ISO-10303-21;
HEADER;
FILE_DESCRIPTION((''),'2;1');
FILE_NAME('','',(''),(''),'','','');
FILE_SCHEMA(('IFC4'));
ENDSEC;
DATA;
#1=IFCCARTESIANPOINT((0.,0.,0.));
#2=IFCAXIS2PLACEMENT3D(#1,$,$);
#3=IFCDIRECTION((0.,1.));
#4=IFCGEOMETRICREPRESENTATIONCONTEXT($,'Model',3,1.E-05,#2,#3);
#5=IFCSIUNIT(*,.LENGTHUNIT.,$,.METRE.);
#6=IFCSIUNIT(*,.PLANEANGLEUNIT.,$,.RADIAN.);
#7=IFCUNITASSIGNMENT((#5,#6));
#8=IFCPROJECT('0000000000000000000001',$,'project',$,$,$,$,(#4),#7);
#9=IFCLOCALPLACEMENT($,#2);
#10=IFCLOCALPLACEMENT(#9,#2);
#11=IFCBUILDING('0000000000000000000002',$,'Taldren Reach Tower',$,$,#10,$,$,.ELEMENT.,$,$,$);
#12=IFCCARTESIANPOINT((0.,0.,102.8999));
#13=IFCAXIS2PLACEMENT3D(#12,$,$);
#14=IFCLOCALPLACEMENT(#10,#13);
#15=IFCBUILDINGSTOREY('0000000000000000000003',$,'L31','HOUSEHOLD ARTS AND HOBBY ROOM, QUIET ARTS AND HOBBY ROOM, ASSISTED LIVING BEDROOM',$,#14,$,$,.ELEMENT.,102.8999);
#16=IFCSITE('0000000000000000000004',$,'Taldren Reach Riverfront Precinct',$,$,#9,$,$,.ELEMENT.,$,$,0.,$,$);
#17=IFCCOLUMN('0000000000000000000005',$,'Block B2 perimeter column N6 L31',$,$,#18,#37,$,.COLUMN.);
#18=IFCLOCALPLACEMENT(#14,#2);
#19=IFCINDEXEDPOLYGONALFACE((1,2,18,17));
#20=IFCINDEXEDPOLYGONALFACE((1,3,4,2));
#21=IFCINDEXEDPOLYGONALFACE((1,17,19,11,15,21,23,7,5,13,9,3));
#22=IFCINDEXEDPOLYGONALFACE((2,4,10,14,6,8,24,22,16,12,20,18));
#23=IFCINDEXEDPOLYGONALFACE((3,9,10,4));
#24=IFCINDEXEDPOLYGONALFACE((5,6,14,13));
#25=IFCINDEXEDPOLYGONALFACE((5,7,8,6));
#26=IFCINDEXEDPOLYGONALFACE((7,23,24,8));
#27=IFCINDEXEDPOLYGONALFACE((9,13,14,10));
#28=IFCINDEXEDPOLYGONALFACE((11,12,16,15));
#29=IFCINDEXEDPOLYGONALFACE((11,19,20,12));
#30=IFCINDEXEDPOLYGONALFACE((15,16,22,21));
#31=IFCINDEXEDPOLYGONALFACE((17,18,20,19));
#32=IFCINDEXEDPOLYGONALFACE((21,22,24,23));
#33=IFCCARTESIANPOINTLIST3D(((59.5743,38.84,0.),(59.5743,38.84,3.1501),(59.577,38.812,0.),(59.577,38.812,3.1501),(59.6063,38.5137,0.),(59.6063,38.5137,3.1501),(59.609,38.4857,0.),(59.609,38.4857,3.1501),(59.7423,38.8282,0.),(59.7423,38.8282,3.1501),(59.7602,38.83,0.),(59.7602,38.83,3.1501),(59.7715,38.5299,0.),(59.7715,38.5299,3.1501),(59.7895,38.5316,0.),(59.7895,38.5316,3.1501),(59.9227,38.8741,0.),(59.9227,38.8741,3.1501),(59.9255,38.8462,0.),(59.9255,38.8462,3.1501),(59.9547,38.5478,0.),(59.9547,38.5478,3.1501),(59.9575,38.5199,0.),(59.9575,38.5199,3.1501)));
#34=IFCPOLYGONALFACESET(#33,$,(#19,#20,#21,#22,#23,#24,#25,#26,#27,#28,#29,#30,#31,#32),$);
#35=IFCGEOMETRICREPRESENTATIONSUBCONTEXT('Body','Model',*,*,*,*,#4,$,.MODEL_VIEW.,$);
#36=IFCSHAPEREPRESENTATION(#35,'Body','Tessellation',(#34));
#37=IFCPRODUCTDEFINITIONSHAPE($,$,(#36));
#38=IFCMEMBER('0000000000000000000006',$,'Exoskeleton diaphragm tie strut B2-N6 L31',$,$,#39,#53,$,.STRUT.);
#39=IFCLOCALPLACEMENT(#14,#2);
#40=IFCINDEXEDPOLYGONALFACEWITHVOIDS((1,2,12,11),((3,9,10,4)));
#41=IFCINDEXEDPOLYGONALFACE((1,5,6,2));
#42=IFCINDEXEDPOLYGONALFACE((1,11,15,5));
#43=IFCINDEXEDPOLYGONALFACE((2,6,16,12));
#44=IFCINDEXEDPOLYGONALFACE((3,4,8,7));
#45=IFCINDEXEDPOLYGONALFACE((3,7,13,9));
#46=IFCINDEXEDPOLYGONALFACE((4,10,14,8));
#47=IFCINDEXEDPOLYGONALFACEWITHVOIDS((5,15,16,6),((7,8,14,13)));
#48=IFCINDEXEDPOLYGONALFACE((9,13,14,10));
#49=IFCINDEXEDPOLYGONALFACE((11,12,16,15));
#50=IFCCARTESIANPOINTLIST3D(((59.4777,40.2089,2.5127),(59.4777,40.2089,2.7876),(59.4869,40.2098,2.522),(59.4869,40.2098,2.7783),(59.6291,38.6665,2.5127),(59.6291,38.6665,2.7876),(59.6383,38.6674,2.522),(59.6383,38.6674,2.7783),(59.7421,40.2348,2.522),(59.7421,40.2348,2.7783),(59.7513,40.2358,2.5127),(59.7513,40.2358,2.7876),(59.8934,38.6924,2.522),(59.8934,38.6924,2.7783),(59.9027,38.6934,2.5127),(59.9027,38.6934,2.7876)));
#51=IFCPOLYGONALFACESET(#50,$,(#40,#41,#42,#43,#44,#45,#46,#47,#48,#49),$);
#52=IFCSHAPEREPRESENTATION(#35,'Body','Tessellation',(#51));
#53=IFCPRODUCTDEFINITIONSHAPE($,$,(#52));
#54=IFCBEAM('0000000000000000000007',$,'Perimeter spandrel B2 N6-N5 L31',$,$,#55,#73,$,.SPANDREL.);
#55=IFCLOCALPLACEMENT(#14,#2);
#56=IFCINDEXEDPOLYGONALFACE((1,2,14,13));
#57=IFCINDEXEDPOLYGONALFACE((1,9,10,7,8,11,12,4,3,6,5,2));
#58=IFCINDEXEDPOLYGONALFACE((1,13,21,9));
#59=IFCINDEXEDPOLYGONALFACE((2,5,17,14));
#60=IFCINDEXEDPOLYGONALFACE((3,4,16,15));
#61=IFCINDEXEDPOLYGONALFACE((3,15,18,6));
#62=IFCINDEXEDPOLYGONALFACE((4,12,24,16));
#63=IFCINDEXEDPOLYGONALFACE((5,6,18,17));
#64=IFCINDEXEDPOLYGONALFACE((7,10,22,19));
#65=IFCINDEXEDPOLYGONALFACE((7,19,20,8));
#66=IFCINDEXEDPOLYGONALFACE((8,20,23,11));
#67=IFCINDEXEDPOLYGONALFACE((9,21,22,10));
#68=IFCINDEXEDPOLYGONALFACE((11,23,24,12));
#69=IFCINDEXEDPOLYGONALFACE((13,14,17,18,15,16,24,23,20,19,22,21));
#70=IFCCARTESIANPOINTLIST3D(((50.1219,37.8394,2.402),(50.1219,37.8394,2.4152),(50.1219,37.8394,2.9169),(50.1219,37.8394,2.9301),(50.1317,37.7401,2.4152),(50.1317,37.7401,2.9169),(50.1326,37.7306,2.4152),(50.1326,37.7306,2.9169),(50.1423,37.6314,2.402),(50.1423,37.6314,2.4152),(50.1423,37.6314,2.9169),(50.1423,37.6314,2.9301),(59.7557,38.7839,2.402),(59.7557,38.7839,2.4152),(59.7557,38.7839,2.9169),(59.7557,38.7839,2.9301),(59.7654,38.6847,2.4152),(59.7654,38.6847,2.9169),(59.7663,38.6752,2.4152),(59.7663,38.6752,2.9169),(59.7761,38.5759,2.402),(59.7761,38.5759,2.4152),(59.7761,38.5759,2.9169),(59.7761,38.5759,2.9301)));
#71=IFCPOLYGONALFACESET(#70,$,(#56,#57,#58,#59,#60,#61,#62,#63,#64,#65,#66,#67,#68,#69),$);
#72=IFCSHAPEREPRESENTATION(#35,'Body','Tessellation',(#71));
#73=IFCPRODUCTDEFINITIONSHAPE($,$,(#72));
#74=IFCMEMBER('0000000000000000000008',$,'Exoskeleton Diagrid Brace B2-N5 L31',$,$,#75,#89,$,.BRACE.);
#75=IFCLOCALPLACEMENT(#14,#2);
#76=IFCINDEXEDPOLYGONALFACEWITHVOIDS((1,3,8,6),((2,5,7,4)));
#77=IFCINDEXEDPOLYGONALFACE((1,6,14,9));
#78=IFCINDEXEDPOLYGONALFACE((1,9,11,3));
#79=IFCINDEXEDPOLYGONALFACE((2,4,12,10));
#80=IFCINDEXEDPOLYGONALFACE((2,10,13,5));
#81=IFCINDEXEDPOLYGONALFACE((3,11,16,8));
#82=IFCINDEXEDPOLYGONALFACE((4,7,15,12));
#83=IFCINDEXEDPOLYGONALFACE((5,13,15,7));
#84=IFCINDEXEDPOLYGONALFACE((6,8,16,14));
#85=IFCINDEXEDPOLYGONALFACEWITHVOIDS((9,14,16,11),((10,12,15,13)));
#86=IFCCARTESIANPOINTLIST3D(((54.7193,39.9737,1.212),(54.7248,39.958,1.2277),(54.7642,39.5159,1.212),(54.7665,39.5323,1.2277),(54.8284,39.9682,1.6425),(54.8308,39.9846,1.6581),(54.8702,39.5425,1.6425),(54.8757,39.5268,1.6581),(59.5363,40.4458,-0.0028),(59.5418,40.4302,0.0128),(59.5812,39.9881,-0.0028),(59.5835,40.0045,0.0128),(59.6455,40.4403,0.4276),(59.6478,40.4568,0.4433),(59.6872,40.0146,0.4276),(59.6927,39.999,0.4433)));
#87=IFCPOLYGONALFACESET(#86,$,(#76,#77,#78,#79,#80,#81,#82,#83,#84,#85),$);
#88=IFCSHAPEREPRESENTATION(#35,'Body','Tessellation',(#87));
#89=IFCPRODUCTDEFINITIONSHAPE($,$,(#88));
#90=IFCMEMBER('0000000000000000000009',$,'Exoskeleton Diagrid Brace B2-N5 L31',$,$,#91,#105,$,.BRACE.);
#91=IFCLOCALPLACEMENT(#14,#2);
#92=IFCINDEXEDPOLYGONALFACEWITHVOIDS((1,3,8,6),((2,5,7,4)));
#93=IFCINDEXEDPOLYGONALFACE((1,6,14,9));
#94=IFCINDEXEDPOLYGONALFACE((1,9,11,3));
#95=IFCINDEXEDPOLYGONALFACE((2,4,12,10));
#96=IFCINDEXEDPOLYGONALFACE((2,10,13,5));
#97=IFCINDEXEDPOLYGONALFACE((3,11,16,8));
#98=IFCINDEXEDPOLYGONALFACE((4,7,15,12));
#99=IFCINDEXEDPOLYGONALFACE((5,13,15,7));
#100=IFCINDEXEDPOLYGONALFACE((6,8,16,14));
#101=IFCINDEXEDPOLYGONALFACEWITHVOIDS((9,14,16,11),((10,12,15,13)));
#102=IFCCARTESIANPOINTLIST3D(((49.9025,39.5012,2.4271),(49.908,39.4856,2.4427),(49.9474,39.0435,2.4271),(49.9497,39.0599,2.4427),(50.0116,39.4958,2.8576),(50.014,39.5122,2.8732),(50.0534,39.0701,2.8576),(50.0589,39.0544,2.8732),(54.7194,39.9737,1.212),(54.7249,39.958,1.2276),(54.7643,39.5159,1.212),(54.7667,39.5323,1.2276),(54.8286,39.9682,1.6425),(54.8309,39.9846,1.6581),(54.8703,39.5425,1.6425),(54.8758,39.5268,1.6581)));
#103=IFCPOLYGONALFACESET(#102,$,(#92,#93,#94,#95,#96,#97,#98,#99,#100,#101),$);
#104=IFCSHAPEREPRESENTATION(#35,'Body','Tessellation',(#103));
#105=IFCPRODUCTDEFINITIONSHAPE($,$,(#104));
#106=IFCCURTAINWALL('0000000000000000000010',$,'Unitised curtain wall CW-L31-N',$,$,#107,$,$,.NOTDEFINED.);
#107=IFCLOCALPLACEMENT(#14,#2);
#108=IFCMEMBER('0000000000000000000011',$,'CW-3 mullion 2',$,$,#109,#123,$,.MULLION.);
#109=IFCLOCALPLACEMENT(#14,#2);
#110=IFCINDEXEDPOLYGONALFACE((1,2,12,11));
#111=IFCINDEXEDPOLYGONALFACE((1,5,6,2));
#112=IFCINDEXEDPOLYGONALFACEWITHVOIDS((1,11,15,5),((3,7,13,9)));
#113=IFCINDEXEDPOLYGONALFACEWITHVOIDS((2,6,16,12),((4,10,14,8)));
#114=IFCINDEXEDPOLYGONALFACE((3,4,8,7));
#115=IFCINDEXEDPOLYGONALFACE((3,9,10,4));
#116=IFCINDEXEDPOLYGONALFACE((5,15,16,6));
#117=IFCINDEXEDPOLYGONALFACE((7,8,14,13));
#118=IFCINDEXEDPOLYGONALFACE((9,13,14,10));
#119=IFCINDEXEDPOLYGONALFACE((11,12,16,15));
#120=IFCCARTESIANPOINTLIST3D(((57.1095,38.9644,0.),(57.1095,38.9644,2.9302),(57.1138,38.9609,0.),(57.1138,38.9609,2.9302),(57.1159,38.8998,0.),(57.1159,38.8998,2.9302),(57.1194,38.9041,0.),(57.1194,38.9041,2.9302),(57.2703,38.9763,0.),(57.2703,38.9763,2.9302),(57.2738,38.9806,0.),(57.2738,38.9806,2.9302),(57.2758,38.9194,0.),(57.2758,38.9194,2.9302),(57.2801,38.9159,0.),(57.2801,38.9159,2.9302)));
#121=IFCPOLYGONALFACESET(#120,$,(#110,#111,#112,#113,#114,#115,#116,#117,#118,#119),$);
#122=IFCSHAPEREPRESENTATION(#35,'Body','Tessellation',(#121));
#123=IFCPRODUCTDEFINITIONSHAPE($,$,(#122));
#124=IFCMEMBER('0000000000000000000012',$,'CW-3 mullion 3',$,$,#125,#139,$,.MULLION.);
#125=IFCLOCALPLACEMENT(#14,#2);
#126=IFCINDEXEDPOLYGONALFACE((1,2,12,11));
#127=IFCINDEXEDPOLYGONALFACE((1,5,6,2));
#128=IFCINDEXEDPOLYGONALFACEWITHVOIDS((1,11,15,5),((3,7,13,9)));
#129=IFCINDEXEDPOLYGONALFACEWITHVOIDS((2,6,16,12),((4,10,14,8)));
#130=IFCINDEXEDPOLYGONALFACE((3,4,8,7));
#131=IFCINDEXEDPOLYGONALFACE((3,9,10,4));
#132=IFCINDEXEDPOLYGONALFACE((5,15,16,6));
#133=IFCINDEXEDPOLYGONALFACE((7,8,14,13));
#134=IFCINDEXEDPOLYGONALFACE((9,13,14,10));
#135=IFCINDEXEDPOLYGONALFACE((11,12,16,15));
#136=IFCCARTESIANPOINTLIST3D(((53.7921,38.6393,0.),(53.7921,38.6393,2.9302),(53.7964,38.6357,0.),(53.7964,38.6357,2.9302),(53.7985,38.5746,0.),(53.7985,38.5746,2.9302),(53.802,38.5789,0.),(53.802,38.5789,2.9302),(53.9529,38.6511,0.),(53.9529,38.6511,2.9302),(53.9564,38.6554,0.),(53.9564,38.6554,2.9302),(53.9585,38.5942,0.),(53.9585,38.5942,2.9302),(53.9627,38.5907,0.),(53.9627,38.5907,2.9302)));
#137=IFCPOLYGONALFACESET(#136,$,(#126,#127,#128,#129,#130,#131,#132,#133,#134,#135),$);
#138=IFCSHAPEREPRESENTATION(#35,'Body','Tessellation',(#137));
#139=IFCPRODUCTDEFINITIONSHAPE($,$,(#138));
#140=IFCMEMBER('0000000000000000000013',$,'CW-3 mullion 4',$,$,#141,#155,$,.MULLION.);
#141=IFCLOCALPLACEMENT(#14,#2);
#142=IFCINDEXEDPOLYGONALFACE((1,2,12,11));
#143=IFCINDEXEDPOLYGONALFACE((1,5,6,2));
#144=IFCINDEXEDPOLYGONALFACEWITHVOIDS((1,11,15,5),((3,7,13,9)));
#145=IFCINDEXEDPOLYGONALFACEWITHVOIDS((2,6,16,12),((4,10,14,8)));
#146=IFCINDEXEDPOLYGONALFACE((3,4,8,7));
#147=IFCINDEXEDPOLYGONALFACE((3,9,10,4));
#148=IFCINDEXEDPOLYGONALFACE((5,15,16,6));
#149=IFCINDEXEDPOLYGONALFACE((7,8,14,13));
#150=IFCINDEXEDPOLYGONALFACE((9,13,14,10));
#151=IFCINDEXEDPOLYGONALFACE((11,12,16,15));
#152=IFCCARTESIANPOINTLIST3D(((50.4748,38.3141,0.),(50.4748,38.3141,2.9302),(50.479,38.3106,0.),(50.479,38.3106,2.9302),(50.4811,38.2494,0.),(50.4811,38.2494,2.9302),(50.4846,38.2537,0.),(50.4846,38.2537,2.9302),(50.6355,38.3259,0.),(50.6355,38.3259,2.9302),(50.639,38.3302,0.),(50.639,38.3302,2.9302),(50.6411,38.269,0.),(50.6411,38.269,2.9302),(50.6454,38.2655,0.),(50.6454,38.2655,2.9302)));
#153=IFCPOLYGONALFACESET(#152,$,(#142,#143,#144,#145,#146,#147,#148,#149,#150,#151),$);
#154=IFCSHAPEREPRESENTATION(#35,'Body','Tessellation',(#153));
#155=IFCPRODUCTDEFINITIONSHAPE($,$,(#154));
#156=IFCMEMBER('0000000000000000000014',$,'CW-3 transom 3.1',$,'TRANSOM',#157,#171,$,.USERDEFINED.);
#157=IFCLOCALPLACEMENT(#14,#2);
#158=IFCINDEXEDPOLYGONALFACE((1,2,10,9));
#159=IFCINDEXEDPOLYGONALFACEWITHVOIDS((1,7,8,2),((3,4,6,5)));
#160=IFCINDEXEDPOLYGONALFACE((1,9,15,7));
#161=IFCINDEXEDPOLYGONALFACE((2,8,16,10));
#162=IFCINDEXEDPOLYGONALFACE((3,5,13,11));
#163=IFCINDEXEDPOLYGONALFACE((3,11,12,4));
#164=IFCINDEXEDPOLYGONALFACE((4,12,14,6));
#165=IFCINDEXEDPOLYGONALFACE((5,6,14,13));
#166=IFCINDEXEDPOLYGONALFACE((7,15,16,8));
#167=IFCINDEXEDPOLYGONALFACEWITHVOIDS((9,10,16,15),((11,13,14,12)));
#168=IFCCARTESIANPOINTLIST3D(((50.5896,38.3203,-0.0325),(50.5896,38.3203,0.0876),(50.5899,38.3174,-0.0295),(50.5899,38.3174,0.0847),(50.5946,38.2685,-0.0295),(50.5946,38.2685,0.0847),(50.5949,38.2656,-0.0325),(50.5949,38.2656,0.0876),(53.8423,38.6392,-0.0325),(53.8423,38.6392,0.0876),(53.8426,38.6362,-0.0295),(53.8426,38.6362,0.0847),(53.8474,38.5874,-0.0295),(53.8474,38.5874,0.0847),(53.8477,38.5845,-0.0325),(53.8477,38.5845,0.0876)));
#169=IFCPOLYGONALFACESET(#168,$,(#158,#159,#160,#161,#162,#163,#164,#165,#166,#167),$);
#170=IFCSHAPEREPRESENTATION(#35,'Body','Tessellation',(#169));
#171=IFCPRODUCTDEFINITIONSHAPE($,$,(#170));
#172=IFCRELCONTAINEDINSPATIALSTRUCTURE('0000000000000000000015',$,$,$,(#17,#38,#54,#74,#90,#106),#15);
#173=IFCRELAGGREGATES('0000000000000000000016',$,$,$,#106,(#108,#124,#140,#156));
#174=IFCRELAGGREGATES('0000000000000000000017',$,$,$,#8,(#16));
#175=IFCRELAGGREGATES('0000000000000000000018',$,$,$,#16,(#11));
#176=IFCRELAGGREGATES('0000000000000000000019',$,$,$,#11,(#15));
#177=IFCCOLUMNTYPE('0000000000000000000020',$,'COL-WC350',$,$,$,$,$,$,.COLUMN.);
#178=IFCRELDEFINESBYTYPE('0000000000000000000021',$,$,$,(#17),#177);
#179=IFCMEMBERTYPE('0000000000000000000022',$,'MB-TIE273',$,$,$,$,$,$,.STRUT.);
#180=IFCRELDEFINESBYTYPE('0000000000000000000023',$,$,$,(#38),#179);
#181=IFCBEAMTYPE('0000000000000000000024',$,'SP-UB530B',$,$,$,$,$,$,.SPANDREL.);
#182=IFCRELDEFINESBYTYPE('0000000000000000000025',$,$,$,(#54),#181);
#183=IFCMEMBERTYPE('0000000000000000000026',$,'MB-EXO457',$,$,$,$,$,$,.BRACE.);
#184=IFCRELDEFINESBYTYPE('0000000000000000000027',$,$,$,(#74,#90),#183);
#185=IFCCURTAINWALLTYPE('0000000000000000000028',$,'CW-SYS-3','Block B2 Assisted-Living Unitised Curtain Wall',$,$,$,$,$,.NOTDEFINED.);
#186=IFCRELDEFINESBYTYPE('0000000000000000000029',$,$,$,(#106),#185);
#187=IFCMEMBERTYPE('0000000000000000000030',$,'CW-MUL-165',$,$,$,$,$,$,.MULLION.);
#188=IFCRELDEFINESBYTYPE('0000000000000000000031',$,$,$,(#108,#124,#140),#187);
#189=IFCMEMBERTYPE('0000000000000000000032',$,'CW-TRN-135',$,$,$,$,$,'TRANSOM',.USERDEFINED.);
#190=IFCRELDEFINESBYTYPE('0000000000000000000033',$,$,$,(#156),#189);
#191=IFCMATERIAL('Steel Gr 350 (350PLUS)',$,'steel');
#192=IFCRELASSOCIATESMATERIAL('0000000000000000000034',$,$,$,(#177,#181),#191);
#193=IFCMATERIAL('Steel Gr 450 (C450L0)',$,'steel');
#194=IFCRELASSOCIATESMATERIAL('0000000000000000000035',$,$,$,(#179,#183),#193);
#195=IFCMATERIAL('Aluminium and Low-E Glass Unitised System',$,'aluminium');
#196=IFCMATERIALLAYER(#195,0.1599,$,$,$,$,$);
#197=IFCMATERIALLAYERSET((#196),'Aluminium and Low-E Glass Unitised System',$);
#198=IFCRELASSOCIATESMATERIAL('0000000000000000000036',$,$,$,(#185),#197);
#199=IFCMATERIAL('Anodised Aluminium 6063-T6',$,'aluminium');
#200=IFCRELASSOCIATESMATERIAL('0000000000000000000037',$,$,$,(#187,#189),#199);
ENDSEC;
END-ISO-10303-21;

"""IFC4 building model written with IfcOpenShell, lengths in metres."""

from ifc_helpers import new_model, si_unit, direction, frame, origin, origin_2d, place, context, subcontext, project, spatial, hollow_rectangle, i_section, extrude, source, transform, mapped, material, layer, layer_set, material_profile, profile_set, type_object, element, aggregate, save


model = new_model("IFC4")

# Units and contexts
model_context = context("Model", 3, precision=1e-05, world=origin(), true_north=direction((0.0, 1.0)))
body_context = subcontext(model_context, "Body", "Model", "MODEL_VIEW")
ifc_project = project(units=[si_unit("LENGTHUNIT", "METRE"), si_unit("PLANEANGLEUNIT", "RADIAN")], contexts=[model_context])

# Site, building, storey
site_placement = place(None, origin())
site = spatial("IfcSite", under=ifc_project, at=site_placement, Name="Taldren Reach Riverfront Precinct", CompositionType="ELEMENT", RefElevation=0.0)
building_placement = place(site_placement, origin())
building = spatial("IfcBuilding", under=site, at=building_placement, Name="Taldren Reach Tower", CompositionType="ELEMENT")
storey_placement = place(building_placement, frame((0.0, 0.0, 102.8999)))
storey = spatial("IfcBuildingStorey", under=building, at=storey_placement, Name="L31", Description="HOUSEHOLD ARTS AND HOBBY ROOM, QUIET ARTS AND HOBBY ROOM, ASSISTED LIVING BEDROOM", CompositionType="ELEMENT", Elevation=102.8999)

# Column
ifc_material_1 = material(Name="Steel Gr 350 (350PLUS)", Category="steel")
ifc_material_profile_1 = material_profile(ifc_material_1, i_section(OverallWidth=0.3501, OverallDepth=0.356, WebThickness=0.0181, FlangeThickness=0.0281, at=origin_2d()), Name="350WC197")
ifc_profile_set_1 = profile_set([ifc_material_profile_1], Name="Steel Gr 350 (350PLUS)")
column_type = type_object("IfcColumnType", Name="COL-WC350", PredefinedType="COLUMN", material=ifc_profile_set_1)
shared_shape_1 = source(origin(), body_context, "Body", "SweptSolid", [
    extrude(i_section(OverallWidth=0.3501, OverallDepth=0.356, WebThickness=0.0181, FlangeThickness=0.0281, at=origin_2d()), origin(), (0.0, 0.0, 1.0), 3.1501),
])
column_placement = place(storey_placement, frame((59.7659, 38.6799, 0.0), z_axis=(0.0, 0.0, 1.0), x_axis=(0.995227, 0.097583, 0.0)))
element("IfcColumn", 1, at=column_placement, inside=storey, type_object=column_type, Name="Block B2 perimeter column N6 L31", PredefinedType="COLUMN", context=body_context, shape_type="MappedRepresentation", body=[
    mapped(shared_shape_1, transform((0.0, 0.0, 0.0), scale=1.0)),
])

# Member
ifc_material_2 = material(Name="Steel Gr 450 (C450L0)", Category="steel")
ifc_material_profile_2 = material_profile(ifc_material_2, hollow_rectangle(XDim=0.2749, YDim=0.2749, WallThickness=0.0093, at=origin_2d()), Name="275x275x9.3SHS")
ifc_profile_set_2 = profile_set([ifc_material_profile_2], Name="Steel Gr 450 (C450L0)")
member_type_1 = type_object("IfcMemberType", Name="MB-TIE273", PredefinedType="STRUT", material=ifc_profile_set_2)
shared_shape_2 = source(origin(), body_context, "Body", "SweptSolid", [
    extrude(hollow_rectangle(XDim=0.2749, YDim=0.2749, WallThickness=0.0093, at=origin_2d()), origin(), (0.0, 0.0, 1.0), 1.5498),
])
member_1_placement = place(storey_placement, frame((59.7659, 38.6799, 2.6501), z_axis=(-0.097663, 0.99522, 0.0), x_axis=(-0.99522, -0.097663, 0.0)))
element("IfcMember", 2, at=member_1_placement, inside=storey, type_object=member_type_1, Name="Exoskeleton diaphragm tie strut B2-N6 L31", PredefinedType="STRUT", context=body_context, shape_type="MappedRepresentation", body=[
    mapped(shared_shape_2, transform((0.0, 0.0, 0.0), scale=1.0)),
])

# Beam
ifc_material_profile_3 = material_profile(ifc_material_1, i_section(OverallWidth=0.209, OverallDepth=0.5281, WebThickness=0.0095, FlangeThickness=0.0132, at=origin_2d()), Name="530UB82.0")
ifc_profile_set_3 = profile_set([ifc_material_profile_3], Name="Steel Gr 350 (350PLUS)")
beam_type = type_object("IfcBeamType", Name="SP-UB530B", PredefinedType="SPANDREL", material=ifc_profile_set_3)
shared_shape_3 = source(origin(), body_context, "Body", "SweptSolid", [
    extrude(i_section(OverallWidth=0.209, OverallDepth=0.5281, WebThickness=0.0095, FlangeThickness=0.0132, at=origin_2d()), origin(), (0.0, 0.0, 1.0), 9.6799),
])
beam_placement = place(storey_placement, frame((59.7659, 38.6799, 2.666), z_axis=(-0.995228, -0.097581, 0.0), x_axis=(0.097581, -0.995228, 0.0)))
element("IfcBeam", 3, at=beam_placement, inside=storey, type_object=beam_type, Name="Perimeter spandrel B2 N6-N5 L31", PredefinedType="SPANDREL", context=body_context, shape_type="MappedRepresentation", body=[
    mapped(shared_shape_3, transform((0.0, 0.0, 0.0), scale=1.0)),
])

# Members
ifc_material_profile_4 = material_profile(ifc_material_2, hollow_rectangle(XDim=0.46, YDim=0.46, WallThickness=0.0161, at=origin_2d()), Name="460x460x16.0SHS")
ifc_profile_set_4 = profile_set([ifc_material_profile_4], Name="Steel Gr 450 (C450L0)")
member_type_2 = type_object("IfcMemberType", Name="MB-EXO457", PredefinedType="BRACE", material=ifc_profile_set_4)
shared_shape_4 = source(origin(), body_context, "Body", "SweptSolid", [
    extrude(hollow_rectangle(XDim=0.46, YDim=0.46, WallThickness=0.0161, at=origin_2d()), origin(), (0.0, 0.0, 1.0), 4.9902),
])
for number, where, z_axis, x_axis, name in (
    (4, (59.6145, 40.2224, 0.2202), (-0.965287, -0.094621, 0.24345), (0.097556, -0.99523, 0.0), "Exoskeleton Diagrid Brace B2-N5 L31"),
    (5, (54.7976, 39.7502, 1.4351), (-0.965271, -0.094668, 0.243495), (0.097606, -0.995225, 0.0), "Exoskeleton Diagrid Brace B2-N5 L31"),
):
    element("IfcMember", number, at=place(storey_placement, frame(where, z_axis=z_axis, x_axis=x_axis)), inside=storey, type_object=member_type_2, Name=name, PredefinedType="BRACE", context=body_context, shape_type="MappedRepresentation", body=[
        mapped(shared_shape_4, transform((0.0, 0.0, 0.0), scale=1.0)),
    ])

# Curtain wall, members
ifc_material_3 = material(Name="Aluminium and Low-E Glass Unitised System", Category="aluminium")
ifc_layer_1 = layer(ifc_material_3, 0.1599)
ifc_layer_set_1 = layer_set([ifc_layer_1], Name="Aluminium and Low-E Glass Unitised System")
curtain_wall_type = type_object("IfcCurtainWallType", Name="CW-SYS-3", Description="Block B2 Assisted-Living Unitised Curtain Wall", PredefinedType="NOTDEFINED", material=ifc_layer_set_1)
curtain_wall_placement = place(storey_placement, origin())
curtain_wall = element("IfcCurtainWall", 6, at=curtain_wall_placement, inside=storey, type_object=curtain_wall_type, Name="Unitised curtain wall CW-L31-N", PredefinedType="NOTDEFINED")
ifc_material_4 = material(Name="Anodised Aluminium 6063-T6", Category="aluminium")
ifc_material_profile_5 = material_profile(ifc_material_4, hollow_rectangle(XDim=0.0649, YDim=0.165, WallThickness=0.0039, at=origin_2d()), Name="ALU-165x65x4RHS")
ifc_profile_set_5 = profile_set([ifc_material_profile_5], Name="Anodised Aluminium 6063-T6")
member_type_3 = type_object("IfcMemberType", Name="CW-MUL-165", PredefinedType="MULLION", material=ifc_profile_set_5)
shared_shape_5 = source(origin(), body_context, "Body", "SweptSolid", [
    extrude(hollow_rectangle(XDim=0.0649, YDim=0.165, WallThickness=0.0039, at=origin_2d()), origin(), (0.0, 0.0, 1.0), 2.9302),
])
member_2_placement = place(storey_placement, frame((57.1948, 38.9402, 0.0), z_axis=(0.0, 0.0, 1.0), x_axis=(0.097583, -0.995227, 0.0)))
member_2 = element("IfcMember", 7, at=member_2_placement, type_object=member_type_3, Name="CW-3 mullion 2", PredefinedType="MULLION", context=body_context, shape_type="MappedRepresentation", body=[
    mapped(shared_shape_5, transform((0.0, 0.0, 0.0), scale=1.0)),
])
member_3_placement = place(storey_placement, frame((53.8774, 38.615, 0.0), z_axis=(0.0, 0.0, 1.0), x_axis=(0.097583, -0.995227, 0.0)))
member_3 = element("IfcMember", 8, at=member_3_placement, type_object=member_type_3, Name="CW-3 mullion 3", PredefinedType="MULLION", context=body_context, shape_type="MappedRepresentation", body=[
    mapped(shared_shape_5, transform((0.0, 0.0, 0.0), scale=1.0)),
])
member_4_placement = place(storey_placement, frame((50.5601, 38.2898, 0.0), z_axis=(0.0, 0.0, 1.0), x_axis=(0.097583, -0.995227, 0.0)))
member_4 = element("IfcMember", 9, at=member_4_placement, type_object=member_type_3, Name="CW-3 mullion 4", PredefinedType="MULLION", context=body_context, shape_type="MappedRepresentation", body=[
    mapped(shared_shape_5, transform((0.0, 0.0, 0.0), scale=1.0)),
])
ifc_material_profile_6 = material_profile(ifc_material_4, hollow_rectangle(XDim=0.0549, YDim=0.1201, WallThickness=0.0029, at=origin_2d()), Name="ALU-120x55x3RHS")
ifc_profile_set_6 = profile_set([ifc_material_profile_6], Name="Anodised Aluminium 6063-T6")
member_type_4 = type_object("IfcMemberType", Name="CW-TRN-135", ElementType="TRANSOM", PredefinedType="USERDEFINED", material=ifc_profile_set_6)
shared_shape_6 = source(origin(), body_context, "Body", "SweptSolid", [
    extrude(hollow_rectangle(XDim=0.0549, YDim=0.1201, WallThickness=0.0029, at=origin_2d()), origin(), (0.0, 0.0, 1.0), 3.2683),
])
member_5_placement = place(storey_placement, frame((53.845, 38.6118, 0.0276), z_axis=(-0.99523, -0.097558, 0.0), x_axis=(0.097558, -0.99523, 0.0)))
member_5 = element("IfcMember", 10, at=member_5_placement, type_object=member_type_4, Name="CW-3 transom 3.1", ObjectType="TRANSOM", PredefinedType="USERDEFINED", context=body_context, shape_type="MappedRepresentation", body=[
    mapped(shared_shape_6, transform((0.0, 0.0, 0.0), scale=1.0)),
])

aggregate(curtain_wall, [member_2, member_3, member_4, member_5])

save(model, "model.ifc")
